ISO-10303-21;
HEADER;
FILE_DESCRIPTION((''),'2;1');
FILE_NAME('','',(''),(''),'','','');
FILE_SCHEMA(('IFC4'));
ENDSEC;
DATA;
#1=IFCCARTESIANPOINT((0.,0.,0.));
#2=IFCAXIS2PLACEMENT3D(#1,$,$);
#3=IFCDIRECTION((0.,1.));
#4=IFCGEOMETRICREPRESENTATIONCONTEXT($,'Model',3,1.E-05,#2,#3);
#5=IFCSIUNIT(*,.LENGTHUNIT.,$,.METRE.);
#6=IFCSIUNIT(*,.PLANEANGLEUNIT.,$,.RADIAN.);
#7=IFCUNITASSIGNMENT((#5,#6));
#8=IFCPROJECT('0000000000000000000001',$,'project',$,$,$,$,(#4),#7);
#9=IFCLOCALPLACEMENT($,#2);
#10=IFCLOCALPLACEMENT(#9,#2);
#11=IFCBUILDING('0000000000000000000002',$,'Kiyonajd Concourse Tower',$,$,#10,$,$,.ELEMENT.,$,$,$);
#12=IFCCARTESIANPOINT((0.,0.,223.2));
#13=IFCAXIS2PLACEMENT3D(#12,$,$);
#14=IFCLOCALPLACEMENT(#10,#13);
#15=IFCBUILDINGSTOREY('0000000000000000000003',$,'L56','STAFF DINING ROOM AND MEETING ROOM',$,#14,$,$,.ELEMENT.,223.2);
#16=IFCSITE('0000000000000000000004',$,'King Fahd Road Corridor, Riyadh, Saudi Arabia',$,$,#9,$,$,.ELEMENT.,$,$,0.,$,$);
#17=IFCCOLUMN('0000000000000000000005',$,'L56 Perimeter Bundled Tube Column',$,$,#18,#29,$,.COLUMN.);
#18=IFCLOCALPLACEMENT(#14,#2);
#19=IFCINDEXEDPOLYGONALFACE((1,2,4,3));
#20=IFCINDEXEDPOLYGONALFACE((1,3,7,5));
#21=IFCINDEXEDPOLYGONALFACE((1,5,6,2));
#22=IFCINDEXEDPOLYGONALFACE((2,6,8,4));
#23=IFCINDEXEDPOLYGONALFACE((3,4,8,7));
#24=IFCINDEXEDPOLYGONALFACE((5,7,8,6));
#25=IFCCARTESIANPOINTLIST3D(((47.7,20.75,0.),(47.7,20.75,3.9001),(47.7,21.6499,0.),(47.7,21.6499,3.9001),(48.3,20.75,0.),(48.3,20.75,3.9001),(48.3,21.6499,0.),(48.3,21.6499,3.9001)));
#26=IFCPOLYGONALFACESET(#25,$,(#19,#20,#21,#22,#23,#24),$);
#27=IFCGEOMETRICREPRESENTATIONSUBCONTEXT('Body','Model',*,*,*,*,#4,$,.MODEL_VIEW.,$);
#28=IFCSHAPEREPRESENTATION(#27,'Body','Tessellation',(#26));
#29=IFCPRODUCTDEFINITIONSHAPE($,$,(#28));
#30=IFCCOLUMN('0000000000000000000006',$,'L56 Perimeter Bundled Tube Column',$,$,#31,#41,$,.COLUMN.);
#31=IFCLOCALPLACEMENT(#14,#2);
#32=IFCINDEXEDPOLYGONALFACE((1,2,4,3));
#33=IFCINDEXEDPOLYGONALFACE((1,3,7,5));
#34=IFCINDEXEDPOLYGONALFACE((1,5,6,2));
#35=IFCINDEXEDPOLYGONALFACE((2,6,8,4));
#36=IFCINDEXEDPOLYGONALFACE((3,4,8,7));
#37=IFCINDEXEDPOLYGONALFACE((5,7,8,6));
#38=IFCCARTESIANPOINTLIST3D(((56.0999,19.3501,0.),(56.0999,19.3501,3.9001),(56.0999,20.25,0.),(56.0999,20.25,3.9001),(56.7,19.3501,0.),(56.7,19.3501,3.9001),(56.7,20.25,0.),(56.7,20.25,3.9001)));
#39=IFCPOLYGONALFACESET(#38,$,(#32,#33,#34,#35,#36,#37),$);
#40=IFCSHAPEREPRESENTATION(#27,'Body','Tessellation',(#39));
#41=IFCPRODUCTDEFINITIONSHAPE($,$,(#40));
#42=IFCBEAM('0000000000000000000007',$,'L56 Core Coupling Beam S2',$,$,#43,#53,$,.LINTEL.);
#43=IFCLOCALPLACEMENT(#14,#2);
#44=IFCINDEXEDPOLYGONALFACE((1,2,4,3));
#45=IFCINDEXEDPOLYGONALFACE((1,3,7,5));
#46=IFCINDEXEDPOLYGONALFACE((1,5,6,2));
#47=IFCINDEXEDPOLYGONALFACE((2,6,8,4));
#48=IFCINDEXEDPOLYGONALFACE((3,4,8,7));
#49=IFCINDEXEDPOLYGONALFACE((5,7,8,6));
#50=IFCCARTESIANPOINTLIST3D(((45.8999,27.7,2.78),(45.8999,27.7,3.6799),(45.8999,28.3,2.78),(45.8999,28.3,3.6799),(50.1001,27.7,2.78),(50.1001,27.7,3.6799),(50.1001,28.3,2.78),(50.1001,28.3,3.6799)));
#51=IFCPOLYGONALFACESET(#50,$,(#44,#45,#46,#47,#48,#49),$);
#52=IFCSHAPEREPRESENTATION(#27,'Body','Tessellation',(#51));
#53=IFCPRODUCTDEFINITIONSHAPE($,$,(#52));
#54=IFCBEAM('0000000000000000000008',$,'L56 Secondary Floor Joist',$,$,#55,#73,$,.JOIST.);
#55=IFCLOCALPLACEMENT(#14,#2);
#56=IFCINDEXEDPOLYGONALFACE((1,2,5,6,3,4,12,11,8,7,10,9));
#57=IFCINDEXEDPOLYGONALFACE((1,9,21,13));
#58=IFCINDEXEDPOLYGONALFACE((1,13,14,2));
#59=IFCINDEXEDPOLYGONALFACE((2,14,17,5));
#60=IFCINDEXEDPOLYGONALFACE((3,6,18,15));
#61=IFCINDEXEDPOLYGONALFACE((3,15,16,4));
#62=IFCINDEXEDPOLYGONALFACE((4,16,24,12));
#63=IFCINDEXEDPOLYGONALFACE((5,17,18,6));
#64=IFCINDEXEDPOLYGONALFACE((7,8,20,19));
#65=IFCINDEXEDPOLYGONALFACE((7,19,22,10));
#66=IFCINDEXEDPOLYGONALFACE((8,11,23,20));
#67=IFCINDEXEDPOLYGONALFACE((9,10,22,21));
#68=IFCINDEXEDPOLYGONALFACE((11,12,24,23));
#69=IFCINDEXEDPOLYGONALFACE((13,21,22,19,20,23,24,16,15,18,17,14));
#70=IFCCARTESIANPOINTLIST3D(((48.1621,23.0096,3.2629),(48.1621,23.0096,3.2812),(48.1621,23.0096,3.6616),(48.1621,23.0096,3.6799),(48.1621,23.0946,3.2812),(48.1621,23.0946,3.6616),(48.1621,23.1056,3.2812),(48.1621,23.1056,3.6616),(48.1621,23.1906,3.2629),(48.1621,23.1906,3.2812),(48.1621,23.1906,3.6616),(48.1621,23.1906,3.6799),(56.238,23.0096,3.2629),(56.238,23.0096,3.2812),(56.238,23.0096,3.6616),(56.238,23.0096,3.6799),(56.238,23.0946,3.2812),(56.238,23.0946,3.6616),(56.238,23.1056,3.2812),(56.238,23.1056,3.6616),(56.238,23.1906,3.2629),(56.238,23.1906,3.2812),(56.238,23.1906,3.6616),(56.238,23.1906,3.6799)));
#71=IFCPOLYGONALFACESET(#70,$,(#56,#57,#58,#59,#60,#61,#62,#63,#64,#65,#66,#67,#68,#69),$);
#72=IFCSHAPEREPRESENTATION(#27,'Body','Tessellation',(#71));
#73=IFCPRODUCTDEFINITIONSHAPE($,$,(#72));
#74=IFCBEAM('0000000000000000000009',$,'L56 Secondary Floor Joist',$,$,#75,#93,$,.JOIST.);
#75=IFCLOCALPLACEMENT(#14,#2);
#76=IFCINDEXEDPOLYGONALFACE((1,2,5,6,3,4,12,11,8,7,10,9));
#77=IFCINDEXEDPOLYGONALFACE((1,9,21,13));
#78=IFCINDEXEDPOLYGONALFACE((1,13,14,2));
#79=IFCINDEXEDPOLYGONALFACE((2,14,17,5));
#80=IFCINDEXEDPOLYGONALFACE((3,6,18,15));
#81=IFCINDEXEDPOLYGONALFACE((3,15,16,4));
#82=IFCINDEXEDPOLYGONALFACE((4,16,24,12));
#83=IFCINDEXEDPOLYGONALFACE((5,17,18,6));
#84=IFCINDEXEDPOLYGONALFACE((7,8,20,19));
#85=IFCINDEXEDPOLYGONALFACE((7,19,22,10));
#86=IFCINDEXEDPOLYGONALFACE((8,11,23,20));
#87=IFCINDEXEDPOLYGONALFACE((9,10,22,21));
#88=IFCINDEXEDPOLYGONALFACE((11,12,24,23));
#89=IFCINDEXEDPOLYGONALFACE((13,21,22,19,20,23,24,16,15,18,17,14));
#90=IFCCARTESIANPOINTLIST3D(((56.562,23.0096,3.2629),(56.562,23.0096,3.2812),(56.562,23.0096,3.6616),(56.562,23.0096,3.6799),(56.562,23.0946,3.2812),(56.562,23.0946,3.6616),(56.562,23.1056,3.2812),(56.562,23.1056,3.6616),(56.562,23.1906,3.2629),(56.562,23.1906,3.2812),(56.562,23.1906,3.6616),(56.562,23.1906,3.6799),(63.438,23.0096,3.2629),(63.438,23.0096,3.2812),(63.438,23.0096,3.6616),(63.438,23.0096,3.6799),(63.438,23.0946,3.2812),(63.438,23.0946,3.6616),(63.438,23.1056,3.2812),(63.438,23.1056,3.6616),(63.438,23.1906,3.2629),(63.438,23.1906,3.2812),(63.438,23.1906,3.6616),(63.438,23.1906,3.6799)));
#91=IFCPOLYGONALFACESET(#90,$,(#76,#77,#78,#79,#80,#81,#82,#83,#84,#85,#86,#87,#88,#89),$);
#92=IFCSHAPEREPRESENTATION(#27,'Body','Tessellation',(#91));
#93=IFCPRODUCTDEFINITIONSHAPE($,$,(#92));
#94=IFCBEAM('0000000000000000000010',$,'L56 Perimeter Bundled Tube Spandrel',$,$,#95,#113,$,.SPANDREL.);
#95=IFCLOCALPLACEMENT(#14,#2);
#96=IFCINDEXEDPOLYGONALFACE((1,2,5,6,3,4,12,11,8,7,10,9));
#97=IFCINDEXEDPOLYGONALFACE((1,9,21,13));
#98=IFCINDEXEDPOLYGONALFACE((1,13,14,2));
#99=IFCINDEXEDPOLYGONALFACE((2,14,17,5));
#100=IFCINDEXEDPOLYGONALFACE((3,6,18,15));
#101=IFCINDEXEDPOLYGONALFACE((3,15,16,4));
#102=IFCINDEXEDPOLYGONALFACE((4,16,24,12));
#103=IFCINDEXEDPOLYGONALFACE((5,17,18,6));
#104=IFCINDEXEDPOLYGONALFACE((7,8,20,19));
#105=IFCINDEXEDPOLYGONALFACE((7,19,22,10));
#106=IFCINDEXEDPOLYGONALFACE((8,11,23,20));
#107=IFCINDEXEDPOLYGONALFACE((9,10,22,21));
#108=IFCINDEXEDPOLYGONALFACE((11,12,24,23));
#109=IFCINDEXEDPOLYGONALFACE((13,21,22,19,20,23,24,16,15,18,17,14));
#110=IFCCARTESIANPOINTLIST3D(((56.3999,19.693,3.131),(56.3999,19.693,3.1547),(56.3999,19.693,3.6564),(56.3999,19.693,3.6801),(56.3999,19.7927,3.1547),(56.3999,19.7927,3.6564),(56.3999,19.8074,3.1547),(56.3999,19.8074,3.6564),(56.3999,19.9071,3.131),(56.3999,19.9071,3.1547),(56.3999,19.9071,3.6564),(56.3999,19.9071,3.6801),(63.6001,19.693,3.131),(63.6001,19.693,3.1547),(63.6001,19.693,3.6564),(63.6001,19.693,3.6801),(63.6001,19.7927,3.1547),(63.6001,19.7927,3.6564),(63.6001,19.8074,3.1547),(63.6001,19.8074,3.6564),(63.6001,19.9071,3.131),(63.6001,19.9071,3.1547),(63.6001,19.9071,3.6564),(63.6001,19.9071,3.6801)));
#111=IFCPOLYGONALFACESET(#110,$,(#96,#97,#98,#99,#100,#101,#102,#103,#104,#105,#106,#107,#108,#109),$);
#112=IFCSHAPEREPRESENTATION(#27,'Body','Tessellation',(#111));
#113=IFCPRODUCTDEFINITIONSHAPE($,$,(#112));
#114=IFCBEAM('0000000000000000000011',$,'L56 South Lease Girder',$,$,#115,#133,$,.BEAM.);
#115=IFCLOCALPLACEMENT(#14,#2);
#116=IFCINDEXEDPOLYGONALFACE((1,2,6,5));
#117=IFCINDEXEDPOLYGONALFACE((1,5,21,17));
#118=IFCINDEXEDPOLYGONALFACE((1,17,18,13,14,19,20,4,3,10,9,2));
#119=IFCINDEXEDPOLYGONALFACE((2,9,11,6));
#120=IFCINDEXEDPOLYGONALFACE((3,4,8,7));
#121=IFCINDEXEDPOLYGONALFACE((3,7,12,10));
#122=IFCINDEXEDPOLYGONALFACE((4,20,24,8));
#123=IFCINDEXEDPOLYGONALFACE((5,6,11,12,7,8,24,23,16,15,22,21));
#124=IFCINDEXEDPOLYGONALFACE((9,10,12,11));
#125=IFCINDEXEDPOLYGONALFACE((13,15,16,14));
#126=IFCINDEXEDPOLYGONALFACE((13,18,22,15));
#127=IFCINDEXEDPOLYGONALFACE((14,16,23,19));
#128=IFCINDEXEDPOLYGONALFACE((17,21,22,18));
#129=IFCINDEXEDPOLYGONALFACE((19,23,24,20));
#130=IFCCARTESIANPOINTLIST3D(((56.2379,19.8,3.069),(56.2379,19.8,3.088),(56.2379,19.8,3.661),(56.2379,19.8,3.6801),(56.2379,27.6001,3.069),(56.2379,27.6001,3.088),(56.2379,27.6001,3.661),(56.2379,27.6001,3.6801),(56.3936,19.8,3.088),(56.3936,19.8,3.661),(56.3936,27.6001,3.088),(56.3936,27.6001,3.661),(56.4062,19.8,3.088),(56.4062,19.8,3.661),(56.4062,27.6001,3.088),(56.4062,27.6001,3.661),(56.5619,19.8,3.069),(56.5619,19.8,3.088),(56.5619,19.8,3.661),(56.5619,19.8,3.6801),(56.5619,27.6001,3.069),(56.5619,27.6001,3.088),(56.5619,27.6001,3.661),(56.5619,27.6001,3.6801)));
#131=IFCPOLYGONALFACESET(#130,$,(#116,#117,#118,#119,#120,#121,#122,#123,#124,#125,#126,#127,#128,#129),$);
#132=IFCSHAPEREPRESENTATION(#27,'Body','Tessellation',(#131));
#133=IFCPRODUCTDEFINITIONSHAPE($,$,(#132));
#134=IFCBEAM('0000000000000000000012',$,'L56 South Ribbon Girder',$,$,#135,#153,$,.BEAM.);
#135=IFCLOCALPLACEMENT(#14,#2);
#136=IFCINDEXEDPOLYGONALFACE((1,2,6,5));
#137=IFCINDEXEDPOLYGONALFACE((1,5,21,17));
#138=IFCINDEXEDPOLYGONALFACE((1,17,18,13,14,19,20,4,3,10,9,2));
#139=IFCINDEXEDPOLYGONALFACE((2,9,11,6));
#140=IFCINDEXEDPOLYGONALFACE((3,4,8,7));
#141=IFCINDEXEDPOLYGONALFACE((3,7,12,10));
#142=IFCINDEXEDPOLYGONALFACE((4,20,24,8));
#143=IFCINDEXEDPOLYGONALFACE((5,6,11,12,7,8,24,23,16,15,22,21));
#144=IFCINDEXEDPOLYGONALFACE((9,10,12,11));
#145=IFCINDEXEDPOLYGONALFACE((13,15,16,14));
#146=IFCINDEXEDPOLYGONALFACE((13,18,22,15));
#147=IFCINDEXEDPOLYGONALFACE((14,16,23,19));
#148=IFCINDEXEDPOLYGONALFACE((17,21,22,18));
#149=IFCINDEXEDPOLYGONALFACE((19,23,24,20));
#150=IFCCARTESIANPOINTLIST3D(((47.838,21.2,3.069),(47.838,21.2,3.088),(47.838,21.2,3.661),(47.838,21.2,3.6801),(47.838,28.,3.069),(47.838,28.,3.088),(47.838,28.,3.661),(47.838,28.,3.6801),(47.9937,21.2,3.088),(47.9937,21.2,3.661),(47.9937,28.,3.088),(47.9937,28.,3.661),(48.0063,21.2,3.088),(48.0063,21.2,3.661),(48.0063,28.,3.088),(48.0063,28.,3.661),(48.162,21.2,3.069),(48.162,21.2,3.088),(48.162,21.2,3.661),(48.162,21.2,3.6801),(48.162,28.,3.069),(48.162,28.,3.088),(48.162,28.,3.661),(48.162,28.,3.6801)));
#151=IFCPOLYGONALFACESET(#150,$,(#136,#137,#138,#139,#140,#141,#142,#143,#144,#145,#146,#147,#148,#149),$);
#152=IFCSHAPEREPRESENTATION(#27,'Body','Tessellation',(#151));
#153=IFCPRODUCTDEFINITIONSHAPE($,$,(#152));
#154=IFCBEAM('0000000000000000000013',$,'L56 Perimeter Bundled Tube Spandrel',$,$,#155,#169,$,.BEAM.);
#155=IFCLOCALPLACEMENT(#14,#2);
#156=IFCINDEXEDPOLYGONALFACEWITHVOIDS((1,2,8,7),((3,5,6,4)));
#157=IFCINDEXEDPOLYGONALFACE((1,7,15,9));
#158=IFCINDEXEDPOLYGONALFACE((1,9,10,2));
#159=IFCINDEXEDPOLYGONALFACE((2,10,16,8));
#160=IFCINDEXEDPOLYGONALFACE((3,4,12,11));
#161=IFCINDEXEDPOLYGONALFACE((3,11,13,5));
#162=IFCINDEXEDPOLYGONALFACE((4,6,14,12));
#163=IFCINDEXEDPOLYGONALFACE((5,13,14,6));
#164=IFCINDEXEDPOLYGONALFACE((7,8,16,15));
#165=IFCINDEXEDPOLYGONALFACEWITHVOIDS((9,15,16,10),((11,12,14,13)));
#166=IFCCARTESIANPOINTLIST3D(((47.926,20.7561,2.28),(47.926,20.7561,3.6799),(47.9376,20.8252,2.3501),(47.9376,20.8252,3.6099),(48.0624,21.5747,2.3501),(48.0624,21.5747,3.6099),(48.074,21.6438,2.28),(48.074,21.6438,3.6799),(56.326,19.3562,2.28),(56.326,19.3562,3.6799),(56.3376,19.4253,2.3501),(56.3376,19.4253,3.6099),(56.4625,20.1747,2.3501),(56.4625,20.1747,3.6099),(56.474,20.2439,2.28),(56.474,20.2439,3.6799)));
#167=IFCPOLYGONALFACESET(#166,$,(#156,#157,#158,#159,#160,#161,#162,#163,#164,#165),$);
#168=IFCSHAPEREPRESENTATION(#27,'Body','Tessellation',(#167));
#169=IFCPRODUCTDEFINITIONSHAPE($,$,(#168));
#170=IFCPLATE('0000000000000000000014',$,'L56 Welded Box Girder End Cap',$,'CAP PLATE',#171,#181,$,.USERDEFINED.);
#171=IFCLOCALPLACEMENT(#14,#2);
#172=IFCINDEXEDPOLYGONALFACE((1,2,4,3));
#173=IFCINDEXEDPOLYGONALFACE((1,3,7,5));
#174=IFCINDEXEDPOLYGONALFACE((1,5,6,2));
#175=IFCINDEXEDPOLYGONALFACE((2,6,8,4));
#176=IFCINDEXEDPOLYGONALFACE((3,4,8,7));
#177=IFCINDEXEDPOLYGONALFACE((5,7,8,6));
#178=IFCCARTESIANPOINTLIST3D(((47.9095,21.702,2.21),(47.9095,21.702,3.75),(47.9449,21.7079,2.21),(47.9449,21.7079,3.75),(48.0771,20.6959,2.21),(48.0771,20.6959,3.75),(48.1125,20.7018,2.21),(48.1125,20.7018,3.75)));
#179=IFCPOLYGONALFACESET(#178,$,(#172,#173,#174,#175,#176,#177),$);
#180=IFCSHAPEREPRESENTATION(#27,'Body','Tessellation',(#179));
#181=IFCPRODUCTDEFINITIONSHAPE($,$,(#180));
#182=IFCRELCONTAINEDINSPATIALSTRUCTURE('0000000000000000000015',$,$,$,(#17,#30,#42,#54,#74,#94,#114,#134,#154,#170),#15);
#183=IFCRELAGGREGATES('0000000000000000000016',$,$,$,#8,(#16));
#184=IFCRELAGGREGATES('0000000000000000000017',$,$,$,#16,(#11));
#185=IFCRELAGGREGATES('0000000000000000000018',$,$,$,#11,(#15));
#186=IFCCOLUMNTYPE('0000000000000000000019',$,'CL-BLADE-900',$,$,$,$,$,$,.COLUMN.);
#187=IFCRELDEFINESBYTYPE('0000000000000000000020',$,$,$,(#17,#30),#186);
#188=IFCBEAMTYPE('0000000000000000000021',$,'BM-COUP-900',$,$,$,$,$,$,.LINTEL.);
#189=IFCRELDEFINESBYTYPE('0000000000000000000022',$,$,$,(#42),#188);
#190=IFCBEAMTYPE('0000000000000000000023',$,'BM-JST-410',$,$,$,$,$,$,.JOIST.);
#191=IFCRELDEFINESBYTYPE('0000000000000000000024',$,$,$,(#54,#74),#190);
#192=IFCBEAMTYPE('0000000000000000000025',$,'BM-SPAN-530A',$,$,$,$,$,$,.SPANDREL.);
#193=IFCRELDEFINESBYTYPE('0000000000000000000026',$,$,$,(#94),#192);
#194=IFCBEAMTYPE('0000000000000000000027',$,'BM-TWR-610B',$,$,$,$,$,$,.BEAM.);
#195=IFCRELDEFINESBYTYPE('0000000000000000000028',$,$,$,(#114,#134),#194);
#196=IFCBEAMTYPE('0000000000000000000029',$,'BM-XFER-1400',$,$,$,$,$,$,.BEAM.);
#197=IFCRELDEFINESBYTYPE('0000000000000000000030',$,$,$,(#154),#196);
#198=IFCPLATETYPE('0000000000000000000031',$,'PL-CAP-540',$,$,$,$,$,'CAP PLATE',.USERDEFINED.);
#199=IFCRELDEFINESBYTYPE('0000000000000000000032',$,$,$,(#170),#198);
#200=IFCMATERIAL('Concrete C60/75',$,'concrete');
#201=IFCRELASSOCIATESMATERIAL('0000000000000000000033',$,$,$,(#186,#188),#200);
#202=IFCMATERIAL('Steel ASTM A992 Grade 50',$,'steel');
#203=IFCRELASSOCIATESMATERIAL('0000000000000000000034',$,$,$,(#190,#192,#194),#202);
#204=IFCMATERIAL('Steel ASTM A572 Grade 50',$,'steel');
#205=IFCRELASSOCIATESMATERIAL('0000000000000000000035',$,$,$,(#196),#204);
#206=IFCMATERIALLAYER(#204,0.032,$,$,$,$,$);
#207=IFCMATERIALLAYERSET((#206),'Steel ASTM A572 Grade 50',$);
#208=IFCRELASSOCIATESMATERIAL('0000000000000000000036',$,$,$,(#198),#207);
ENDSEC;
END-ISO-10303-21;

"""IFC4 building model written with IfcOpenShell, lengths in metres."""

from ifc_helpers import new_model, si_unit, direction, frame, origin, origin_2d, place, context, subcontext, project, spatial, rectangle, hollow_rectangle, i_section, extrude, material, layer, layer_set, material_profile, profile_set, type_object, element, save


model = new_model("IFC4")

# Units and contexts
model_context = context("Model", 3, precision=1e-05, world=origin(), true_north=direction((0.0, 1.0)))
body_context = subcontext(model_context, "Body", "Model", "MODEL_VIEW")
ifc_project = project(units=[si_unit("LENGTHUNIT", "METRE"), si_unit("PLANEANGLEUNIT", "RADIAN")], contexts=[model_context])

# Site, building, storey
site_placement = place(None, origin())
site = spatial("IfcSite", under=ifc_project, at=site_placement, Name="King Fahd Road Corridor, Riyadh, Saudi Arabia", CompositionType="ELEMENT", RefElevation=0.0)
building_placement = place(site_placement, origin())
building = spatial("IfcBuilding", under=site, at=building_placement, Name="Kiyonajd Concourse Tower", CompositionType="ELEMENT")
storey_placement = place(building_placement, frame((0.0, 0.0, 223.2)))
storey = spatial("IfcBuildingStorey", under=building, at=storey_placement, Name="L56", Description="STAFF DINING ROOM AND MEETING ROOM", CompositionType="ELEMENT", Elevation=223.2)

# Columns
ifc_material_1 = material(Name="Concrete C60/75", Category="concrete")
ifc_material_profile_1 = material_profile(ifc_material_1, rectangle(XDim=0.6001, YDim=0.8999, at=origin_2d()), Name="RC-900x600")
ifc_profile_set_1 = profile_set([ifc_material_profile_1], Name="Concrete C60/75")
column_type = type_object("IfcColumnType", Name="CL-BLADE-900", PredefinedType="COLUMN", material=ifc_profile_set_1)
for number, where, z_axis, x_axis, name in (
    (1, (48.0, 21.2, 0.0), (0.0, 0.0, 1.0), (1.0, 0.0, 0.0), "L56 Perimeter Bundled Tube Column"),
    (2, (56.3999, 19.8, 0.0), (0.0, 0.0, 1.0), (1.0, 0.0, 0.0), "L56 Perimeter Bundled Tube Column"),
):
    element("IfcColumn", number, at=place(storey_placement, frame(where, z_axis=z_axis, x_axis=x_axis)), inside=storey, type_object=column_type, Name=name, PredefinedType="COLUMN", context=body_context, shape_type="SweptSolid", body=[
        extrude(rectangle(XDim=0.6001, YDim=0.8999, at=origin_2d()), origin(), (0.0, 0.0, 1.0), 3.9001),
    ])

# Beams
ifc_material_profile_2 = material_profile(ifc_material_1, rectangle(XDim=0.6001, YDim=0.8999, at=origin_2d()), Name="RCBM-600x900")
ifc_profile_set_2 = profile_set([ifc_material_profile_2], Name="Concrete C60/75")
beam_type_1 = type_object("IfcBeamType", Name="BM-COUP-900", PredefinedType="LINTEL", material=ifc_profile_set_2)
beam_1_placement = place(storey_placement, frame((45.8999, 28.0, 3.23), z_axis=(1.0, 0.0, 0.0), x_axis=(0.0, 1.0, 0.0)))
element("IfcBeam", 3, at=beam_1_placement, inside=storey, type_object=beam_type_1, Name="L56 Core Coupling Beam S2", PredefinedType="LINTEL", context=body_context, shape_type="SweptSolid", body=[
    extrude(rectangle(XDim=0.6001, YDim=0.8999, at=origin_2d()), origin(), (0.0, 0.0, 1.0), 4.2002),
])
ifc_material_2 = material(Name="Steel ASTM A992 Grade 50", Category="steel")
ifc_material_profile_3 = material_profile(ifc_material_2, i_section(OverallWidth=0.1809, OverallDepth=0.417, WebThickness=0.011, FlangeThickness=0.0183, at=origin_2d()), Name="W410X85")
ifc_profile_set_3 = profile_set([ifc_material_profile_3], Name="Steel ASTM A992 Grade 50")
beam_type_2 = type_object("IfcBeamType", Name="BM-JST-410", PredefinedType="JOIST", material=ifc_profile_set_3)
beam_2_placement = place(storey_placement, frame((48.1621, 23.1001, 3.4714), z_axis=(1.0, 0.0, 0.0), x_axis=(0.0, 1.0, 0.0)))
element("IfcBeam", 4, at=beam_2_placement, inside=storey, type_object=beam_type_2, Name="L56 Secondary Floor Joist", PredefinedType="JOIST", context=body_context, shape_type="SweptSolid", body=[
    extrude(i_section(OverallWidth=0.1809, OverallDepth=0.417, WebThickness=0.011, FlangeThickness=0.0183, at=origin_2d()), origin(), (0.0, 0.0, 1.0), 8.0759),
])
beam_3_placement = place(storey_placement, frame((56.562, 23.1001, 3.4714), z_axis=(1.0, 0.0, 0.0), x_axis=(0.0, 1.0, 0.0)))
element("IfcBeam", 5, at=beam_3_placement, inside=storey, type_object=beam_type_2, Name="L56 Secondary Floor Joist", PredefinedType="JOIST", context=body_context, shape_type="SweptSolid", body=[
    extrude(i_section(OverallWidth=0.1809, OverallDepth=0.417, WebThickness=0.011, FlangeThickness=0.0183, at=origin_2d()), origin(), (0.0, 0.0, 1.0), 6.876),
])
ifc_material_profile_4 = material_profile(ifc_material_2, i_section(OverallWidth=0.2141, OverallDepth=0.5491, WebThickness=0.0146, FlangeThickness=0.0237, at=origin_2d()), Name="W530X138")
ifc_profile_set_4 = profile_set([ifc_material_profile_4], Name="Steel ASTM A992 Grade 50")
beam_type_3 = type_object("IfcBeamType", Name="BM-SPAN-530A", PredefinedType="SPANDREL", material=ifc_profile_set_4)
beam_4_placement = place(storey_placement, frame((56.3999, 19.8, 3.4055), z_axis=(1.0, 0.0, 0.0), x_axis=(0.0, 1.0, 0.0)))
element("IfcBeam", 6, at=beam_4_placement, inside=storey, type_object=beam_type_3, Name="L56 Perimeter Bundled Tube Spandrel", PredefinedType="SPANDREL", context=body_context, shape_type="SweptSolid", body=[
    extrude(i_section(OverallWidth=0.2141, OverallDepth=0.5491, WebThickness=0.0146, FlangeThickness=0.0237, at=origin_2d()), origin(), (0.0, 0.0, 1.0), 7.2002),
])
ifc_material_profile_5 = material_profile(ifc_material_2, i_section(OverallWidth=0.324, OverallDepth=0.6111, WebThickness=0.0127, FlangeThickness=0.019, at=origin_2d()), Name="W610X155")
ifc_profile_set_5 = profile_set([ifc_material_profile_5], Name="Steel ASTM A992 Grade 50")
beam_type_4 = type_object("IfcBeamType", Name="BM-TWR-610B", PredefinedType="BEAM", material=ifc_profile_set_5)
beam_5_placement = place(storey_placement, frame((56.3999, 19.8, 3.3745), z_axis=(0.0, 1.0, 0.0), x_axis=(-1.0, 0.0, 0.0)))
element("IfcBeam", 7, at=beam_5_placement, inside=storey, type_object=beam_type_4, Name="L56 South Lease Girder", PredefinedType="BEAM", context=body_context, shape_type="SweptSolid", body=[
    extrude(i_section(OverallWidth=0.324, OverallDepth=0.6111, WebThickness=0.0127, FlangeThickness=0.019, at=origin_2d()), origin(), (0.0, 0.0, 1.0), 7.8),
])
beam_6_placement = place(storey_placement, frame((48.0, 21.2, 3.3745), z_axis=(0.0, 1.0, 0.0), x_axis=(-1.0, 0.0, 0.0)))
element("IfcBeam", 8, at=beam_6_placement, inside=storey, type_object=beam_type_4, Name="L56 South Ribbon Girder", PredefinedType="BEAM", context=body_context, shape_type="SweptSolid", body=[
    extrude(i_section(OverallWidth=0.324, OverallDepth=0.6111, WebThickness=0.0127, FlangeThickness=0.019, at=origin_2d()), origin(), (0.0, 0.0, 1.0), 6.8),
])
ifc_material_3 = material(Name="Steel ASTM A572 Grade 50", Category="steel")
ifc_material_profile_6 = material_profile(ifc_material_3, hollow_rectangle(XDim=0.8999, YDim=1.3999, WallThickness=0.0701, at=origin_2d()), Name="BOX-1400x900x70")
ifc_profile_set_6 = profile_set([ifc_material_profile_6], Name="Steel ASTM A572 Grade 50")
beam_type_5 = type_object("IfcBeamType", Name="BM-XFER-1400", PredefinedType="BEAM", material=ifc_profile_set_6)
beam_7_placement = place(storey_placement, frame((48.0, 21.2, 2.98), z_axis=(0.986395, -0.16439, 0.0), x_axis=(0.16439, 0.986395, 0.0)))
element("IfcBeam", 9, at=beam_7_placement, inside=storey, type_object=beam_type_5, Name="L56 Perimeter Bundled Tube Spandrel", PredefinedType="BEAM", context=body_context, shape_type="SweptSolid", body=[
    extrude(hollow_rectangle(XDim=0.8999, YDim=1.3999, WallThickness=0.0701, at=origin_2d()), origin(), (0.0, 0.0, 1.0), 8.5159),
])

# Plate
ifc_layer_1 = layer(ifc_material_3, 0.032)
ifc_layer_set_1 = layer_set([ifc_layer_1], Name="Steel ASTM A572 Grade 50")
plate_type_1 = type_object("IfcPlateType", Name="PL-CAP-540", ElementType="CAP PLATE", PredefinedType="USERDEFINED", material=ifc_layer_set_1)
for number, where, z_axis, x_axis, name in (
    (10, (48.011, 21.2019, 2.21), (0.0, 0.0, 1.0), (0.986401, 0.164359, 0.0), "L56 Welded Box Girder End Cap"),
):
    element("IfcPlate", number, at=place(storey_placement, frame(where, z_axis=z_axis, x_axis=x_axis)), inside=storey, type_object=plate_type_1, Name=name, ObjectType="CAP PLATE", PredefinedType="USERDEFINED", context=body_context, shape_type="SweptSolid", body=[
        extrude(rectangle(XDim=0.0359, YDim=1.02, at=origin_2d()), origin(), (0.0, 0.0, 1.0), 1.54),
    ])

save(model, "model.ifc")
